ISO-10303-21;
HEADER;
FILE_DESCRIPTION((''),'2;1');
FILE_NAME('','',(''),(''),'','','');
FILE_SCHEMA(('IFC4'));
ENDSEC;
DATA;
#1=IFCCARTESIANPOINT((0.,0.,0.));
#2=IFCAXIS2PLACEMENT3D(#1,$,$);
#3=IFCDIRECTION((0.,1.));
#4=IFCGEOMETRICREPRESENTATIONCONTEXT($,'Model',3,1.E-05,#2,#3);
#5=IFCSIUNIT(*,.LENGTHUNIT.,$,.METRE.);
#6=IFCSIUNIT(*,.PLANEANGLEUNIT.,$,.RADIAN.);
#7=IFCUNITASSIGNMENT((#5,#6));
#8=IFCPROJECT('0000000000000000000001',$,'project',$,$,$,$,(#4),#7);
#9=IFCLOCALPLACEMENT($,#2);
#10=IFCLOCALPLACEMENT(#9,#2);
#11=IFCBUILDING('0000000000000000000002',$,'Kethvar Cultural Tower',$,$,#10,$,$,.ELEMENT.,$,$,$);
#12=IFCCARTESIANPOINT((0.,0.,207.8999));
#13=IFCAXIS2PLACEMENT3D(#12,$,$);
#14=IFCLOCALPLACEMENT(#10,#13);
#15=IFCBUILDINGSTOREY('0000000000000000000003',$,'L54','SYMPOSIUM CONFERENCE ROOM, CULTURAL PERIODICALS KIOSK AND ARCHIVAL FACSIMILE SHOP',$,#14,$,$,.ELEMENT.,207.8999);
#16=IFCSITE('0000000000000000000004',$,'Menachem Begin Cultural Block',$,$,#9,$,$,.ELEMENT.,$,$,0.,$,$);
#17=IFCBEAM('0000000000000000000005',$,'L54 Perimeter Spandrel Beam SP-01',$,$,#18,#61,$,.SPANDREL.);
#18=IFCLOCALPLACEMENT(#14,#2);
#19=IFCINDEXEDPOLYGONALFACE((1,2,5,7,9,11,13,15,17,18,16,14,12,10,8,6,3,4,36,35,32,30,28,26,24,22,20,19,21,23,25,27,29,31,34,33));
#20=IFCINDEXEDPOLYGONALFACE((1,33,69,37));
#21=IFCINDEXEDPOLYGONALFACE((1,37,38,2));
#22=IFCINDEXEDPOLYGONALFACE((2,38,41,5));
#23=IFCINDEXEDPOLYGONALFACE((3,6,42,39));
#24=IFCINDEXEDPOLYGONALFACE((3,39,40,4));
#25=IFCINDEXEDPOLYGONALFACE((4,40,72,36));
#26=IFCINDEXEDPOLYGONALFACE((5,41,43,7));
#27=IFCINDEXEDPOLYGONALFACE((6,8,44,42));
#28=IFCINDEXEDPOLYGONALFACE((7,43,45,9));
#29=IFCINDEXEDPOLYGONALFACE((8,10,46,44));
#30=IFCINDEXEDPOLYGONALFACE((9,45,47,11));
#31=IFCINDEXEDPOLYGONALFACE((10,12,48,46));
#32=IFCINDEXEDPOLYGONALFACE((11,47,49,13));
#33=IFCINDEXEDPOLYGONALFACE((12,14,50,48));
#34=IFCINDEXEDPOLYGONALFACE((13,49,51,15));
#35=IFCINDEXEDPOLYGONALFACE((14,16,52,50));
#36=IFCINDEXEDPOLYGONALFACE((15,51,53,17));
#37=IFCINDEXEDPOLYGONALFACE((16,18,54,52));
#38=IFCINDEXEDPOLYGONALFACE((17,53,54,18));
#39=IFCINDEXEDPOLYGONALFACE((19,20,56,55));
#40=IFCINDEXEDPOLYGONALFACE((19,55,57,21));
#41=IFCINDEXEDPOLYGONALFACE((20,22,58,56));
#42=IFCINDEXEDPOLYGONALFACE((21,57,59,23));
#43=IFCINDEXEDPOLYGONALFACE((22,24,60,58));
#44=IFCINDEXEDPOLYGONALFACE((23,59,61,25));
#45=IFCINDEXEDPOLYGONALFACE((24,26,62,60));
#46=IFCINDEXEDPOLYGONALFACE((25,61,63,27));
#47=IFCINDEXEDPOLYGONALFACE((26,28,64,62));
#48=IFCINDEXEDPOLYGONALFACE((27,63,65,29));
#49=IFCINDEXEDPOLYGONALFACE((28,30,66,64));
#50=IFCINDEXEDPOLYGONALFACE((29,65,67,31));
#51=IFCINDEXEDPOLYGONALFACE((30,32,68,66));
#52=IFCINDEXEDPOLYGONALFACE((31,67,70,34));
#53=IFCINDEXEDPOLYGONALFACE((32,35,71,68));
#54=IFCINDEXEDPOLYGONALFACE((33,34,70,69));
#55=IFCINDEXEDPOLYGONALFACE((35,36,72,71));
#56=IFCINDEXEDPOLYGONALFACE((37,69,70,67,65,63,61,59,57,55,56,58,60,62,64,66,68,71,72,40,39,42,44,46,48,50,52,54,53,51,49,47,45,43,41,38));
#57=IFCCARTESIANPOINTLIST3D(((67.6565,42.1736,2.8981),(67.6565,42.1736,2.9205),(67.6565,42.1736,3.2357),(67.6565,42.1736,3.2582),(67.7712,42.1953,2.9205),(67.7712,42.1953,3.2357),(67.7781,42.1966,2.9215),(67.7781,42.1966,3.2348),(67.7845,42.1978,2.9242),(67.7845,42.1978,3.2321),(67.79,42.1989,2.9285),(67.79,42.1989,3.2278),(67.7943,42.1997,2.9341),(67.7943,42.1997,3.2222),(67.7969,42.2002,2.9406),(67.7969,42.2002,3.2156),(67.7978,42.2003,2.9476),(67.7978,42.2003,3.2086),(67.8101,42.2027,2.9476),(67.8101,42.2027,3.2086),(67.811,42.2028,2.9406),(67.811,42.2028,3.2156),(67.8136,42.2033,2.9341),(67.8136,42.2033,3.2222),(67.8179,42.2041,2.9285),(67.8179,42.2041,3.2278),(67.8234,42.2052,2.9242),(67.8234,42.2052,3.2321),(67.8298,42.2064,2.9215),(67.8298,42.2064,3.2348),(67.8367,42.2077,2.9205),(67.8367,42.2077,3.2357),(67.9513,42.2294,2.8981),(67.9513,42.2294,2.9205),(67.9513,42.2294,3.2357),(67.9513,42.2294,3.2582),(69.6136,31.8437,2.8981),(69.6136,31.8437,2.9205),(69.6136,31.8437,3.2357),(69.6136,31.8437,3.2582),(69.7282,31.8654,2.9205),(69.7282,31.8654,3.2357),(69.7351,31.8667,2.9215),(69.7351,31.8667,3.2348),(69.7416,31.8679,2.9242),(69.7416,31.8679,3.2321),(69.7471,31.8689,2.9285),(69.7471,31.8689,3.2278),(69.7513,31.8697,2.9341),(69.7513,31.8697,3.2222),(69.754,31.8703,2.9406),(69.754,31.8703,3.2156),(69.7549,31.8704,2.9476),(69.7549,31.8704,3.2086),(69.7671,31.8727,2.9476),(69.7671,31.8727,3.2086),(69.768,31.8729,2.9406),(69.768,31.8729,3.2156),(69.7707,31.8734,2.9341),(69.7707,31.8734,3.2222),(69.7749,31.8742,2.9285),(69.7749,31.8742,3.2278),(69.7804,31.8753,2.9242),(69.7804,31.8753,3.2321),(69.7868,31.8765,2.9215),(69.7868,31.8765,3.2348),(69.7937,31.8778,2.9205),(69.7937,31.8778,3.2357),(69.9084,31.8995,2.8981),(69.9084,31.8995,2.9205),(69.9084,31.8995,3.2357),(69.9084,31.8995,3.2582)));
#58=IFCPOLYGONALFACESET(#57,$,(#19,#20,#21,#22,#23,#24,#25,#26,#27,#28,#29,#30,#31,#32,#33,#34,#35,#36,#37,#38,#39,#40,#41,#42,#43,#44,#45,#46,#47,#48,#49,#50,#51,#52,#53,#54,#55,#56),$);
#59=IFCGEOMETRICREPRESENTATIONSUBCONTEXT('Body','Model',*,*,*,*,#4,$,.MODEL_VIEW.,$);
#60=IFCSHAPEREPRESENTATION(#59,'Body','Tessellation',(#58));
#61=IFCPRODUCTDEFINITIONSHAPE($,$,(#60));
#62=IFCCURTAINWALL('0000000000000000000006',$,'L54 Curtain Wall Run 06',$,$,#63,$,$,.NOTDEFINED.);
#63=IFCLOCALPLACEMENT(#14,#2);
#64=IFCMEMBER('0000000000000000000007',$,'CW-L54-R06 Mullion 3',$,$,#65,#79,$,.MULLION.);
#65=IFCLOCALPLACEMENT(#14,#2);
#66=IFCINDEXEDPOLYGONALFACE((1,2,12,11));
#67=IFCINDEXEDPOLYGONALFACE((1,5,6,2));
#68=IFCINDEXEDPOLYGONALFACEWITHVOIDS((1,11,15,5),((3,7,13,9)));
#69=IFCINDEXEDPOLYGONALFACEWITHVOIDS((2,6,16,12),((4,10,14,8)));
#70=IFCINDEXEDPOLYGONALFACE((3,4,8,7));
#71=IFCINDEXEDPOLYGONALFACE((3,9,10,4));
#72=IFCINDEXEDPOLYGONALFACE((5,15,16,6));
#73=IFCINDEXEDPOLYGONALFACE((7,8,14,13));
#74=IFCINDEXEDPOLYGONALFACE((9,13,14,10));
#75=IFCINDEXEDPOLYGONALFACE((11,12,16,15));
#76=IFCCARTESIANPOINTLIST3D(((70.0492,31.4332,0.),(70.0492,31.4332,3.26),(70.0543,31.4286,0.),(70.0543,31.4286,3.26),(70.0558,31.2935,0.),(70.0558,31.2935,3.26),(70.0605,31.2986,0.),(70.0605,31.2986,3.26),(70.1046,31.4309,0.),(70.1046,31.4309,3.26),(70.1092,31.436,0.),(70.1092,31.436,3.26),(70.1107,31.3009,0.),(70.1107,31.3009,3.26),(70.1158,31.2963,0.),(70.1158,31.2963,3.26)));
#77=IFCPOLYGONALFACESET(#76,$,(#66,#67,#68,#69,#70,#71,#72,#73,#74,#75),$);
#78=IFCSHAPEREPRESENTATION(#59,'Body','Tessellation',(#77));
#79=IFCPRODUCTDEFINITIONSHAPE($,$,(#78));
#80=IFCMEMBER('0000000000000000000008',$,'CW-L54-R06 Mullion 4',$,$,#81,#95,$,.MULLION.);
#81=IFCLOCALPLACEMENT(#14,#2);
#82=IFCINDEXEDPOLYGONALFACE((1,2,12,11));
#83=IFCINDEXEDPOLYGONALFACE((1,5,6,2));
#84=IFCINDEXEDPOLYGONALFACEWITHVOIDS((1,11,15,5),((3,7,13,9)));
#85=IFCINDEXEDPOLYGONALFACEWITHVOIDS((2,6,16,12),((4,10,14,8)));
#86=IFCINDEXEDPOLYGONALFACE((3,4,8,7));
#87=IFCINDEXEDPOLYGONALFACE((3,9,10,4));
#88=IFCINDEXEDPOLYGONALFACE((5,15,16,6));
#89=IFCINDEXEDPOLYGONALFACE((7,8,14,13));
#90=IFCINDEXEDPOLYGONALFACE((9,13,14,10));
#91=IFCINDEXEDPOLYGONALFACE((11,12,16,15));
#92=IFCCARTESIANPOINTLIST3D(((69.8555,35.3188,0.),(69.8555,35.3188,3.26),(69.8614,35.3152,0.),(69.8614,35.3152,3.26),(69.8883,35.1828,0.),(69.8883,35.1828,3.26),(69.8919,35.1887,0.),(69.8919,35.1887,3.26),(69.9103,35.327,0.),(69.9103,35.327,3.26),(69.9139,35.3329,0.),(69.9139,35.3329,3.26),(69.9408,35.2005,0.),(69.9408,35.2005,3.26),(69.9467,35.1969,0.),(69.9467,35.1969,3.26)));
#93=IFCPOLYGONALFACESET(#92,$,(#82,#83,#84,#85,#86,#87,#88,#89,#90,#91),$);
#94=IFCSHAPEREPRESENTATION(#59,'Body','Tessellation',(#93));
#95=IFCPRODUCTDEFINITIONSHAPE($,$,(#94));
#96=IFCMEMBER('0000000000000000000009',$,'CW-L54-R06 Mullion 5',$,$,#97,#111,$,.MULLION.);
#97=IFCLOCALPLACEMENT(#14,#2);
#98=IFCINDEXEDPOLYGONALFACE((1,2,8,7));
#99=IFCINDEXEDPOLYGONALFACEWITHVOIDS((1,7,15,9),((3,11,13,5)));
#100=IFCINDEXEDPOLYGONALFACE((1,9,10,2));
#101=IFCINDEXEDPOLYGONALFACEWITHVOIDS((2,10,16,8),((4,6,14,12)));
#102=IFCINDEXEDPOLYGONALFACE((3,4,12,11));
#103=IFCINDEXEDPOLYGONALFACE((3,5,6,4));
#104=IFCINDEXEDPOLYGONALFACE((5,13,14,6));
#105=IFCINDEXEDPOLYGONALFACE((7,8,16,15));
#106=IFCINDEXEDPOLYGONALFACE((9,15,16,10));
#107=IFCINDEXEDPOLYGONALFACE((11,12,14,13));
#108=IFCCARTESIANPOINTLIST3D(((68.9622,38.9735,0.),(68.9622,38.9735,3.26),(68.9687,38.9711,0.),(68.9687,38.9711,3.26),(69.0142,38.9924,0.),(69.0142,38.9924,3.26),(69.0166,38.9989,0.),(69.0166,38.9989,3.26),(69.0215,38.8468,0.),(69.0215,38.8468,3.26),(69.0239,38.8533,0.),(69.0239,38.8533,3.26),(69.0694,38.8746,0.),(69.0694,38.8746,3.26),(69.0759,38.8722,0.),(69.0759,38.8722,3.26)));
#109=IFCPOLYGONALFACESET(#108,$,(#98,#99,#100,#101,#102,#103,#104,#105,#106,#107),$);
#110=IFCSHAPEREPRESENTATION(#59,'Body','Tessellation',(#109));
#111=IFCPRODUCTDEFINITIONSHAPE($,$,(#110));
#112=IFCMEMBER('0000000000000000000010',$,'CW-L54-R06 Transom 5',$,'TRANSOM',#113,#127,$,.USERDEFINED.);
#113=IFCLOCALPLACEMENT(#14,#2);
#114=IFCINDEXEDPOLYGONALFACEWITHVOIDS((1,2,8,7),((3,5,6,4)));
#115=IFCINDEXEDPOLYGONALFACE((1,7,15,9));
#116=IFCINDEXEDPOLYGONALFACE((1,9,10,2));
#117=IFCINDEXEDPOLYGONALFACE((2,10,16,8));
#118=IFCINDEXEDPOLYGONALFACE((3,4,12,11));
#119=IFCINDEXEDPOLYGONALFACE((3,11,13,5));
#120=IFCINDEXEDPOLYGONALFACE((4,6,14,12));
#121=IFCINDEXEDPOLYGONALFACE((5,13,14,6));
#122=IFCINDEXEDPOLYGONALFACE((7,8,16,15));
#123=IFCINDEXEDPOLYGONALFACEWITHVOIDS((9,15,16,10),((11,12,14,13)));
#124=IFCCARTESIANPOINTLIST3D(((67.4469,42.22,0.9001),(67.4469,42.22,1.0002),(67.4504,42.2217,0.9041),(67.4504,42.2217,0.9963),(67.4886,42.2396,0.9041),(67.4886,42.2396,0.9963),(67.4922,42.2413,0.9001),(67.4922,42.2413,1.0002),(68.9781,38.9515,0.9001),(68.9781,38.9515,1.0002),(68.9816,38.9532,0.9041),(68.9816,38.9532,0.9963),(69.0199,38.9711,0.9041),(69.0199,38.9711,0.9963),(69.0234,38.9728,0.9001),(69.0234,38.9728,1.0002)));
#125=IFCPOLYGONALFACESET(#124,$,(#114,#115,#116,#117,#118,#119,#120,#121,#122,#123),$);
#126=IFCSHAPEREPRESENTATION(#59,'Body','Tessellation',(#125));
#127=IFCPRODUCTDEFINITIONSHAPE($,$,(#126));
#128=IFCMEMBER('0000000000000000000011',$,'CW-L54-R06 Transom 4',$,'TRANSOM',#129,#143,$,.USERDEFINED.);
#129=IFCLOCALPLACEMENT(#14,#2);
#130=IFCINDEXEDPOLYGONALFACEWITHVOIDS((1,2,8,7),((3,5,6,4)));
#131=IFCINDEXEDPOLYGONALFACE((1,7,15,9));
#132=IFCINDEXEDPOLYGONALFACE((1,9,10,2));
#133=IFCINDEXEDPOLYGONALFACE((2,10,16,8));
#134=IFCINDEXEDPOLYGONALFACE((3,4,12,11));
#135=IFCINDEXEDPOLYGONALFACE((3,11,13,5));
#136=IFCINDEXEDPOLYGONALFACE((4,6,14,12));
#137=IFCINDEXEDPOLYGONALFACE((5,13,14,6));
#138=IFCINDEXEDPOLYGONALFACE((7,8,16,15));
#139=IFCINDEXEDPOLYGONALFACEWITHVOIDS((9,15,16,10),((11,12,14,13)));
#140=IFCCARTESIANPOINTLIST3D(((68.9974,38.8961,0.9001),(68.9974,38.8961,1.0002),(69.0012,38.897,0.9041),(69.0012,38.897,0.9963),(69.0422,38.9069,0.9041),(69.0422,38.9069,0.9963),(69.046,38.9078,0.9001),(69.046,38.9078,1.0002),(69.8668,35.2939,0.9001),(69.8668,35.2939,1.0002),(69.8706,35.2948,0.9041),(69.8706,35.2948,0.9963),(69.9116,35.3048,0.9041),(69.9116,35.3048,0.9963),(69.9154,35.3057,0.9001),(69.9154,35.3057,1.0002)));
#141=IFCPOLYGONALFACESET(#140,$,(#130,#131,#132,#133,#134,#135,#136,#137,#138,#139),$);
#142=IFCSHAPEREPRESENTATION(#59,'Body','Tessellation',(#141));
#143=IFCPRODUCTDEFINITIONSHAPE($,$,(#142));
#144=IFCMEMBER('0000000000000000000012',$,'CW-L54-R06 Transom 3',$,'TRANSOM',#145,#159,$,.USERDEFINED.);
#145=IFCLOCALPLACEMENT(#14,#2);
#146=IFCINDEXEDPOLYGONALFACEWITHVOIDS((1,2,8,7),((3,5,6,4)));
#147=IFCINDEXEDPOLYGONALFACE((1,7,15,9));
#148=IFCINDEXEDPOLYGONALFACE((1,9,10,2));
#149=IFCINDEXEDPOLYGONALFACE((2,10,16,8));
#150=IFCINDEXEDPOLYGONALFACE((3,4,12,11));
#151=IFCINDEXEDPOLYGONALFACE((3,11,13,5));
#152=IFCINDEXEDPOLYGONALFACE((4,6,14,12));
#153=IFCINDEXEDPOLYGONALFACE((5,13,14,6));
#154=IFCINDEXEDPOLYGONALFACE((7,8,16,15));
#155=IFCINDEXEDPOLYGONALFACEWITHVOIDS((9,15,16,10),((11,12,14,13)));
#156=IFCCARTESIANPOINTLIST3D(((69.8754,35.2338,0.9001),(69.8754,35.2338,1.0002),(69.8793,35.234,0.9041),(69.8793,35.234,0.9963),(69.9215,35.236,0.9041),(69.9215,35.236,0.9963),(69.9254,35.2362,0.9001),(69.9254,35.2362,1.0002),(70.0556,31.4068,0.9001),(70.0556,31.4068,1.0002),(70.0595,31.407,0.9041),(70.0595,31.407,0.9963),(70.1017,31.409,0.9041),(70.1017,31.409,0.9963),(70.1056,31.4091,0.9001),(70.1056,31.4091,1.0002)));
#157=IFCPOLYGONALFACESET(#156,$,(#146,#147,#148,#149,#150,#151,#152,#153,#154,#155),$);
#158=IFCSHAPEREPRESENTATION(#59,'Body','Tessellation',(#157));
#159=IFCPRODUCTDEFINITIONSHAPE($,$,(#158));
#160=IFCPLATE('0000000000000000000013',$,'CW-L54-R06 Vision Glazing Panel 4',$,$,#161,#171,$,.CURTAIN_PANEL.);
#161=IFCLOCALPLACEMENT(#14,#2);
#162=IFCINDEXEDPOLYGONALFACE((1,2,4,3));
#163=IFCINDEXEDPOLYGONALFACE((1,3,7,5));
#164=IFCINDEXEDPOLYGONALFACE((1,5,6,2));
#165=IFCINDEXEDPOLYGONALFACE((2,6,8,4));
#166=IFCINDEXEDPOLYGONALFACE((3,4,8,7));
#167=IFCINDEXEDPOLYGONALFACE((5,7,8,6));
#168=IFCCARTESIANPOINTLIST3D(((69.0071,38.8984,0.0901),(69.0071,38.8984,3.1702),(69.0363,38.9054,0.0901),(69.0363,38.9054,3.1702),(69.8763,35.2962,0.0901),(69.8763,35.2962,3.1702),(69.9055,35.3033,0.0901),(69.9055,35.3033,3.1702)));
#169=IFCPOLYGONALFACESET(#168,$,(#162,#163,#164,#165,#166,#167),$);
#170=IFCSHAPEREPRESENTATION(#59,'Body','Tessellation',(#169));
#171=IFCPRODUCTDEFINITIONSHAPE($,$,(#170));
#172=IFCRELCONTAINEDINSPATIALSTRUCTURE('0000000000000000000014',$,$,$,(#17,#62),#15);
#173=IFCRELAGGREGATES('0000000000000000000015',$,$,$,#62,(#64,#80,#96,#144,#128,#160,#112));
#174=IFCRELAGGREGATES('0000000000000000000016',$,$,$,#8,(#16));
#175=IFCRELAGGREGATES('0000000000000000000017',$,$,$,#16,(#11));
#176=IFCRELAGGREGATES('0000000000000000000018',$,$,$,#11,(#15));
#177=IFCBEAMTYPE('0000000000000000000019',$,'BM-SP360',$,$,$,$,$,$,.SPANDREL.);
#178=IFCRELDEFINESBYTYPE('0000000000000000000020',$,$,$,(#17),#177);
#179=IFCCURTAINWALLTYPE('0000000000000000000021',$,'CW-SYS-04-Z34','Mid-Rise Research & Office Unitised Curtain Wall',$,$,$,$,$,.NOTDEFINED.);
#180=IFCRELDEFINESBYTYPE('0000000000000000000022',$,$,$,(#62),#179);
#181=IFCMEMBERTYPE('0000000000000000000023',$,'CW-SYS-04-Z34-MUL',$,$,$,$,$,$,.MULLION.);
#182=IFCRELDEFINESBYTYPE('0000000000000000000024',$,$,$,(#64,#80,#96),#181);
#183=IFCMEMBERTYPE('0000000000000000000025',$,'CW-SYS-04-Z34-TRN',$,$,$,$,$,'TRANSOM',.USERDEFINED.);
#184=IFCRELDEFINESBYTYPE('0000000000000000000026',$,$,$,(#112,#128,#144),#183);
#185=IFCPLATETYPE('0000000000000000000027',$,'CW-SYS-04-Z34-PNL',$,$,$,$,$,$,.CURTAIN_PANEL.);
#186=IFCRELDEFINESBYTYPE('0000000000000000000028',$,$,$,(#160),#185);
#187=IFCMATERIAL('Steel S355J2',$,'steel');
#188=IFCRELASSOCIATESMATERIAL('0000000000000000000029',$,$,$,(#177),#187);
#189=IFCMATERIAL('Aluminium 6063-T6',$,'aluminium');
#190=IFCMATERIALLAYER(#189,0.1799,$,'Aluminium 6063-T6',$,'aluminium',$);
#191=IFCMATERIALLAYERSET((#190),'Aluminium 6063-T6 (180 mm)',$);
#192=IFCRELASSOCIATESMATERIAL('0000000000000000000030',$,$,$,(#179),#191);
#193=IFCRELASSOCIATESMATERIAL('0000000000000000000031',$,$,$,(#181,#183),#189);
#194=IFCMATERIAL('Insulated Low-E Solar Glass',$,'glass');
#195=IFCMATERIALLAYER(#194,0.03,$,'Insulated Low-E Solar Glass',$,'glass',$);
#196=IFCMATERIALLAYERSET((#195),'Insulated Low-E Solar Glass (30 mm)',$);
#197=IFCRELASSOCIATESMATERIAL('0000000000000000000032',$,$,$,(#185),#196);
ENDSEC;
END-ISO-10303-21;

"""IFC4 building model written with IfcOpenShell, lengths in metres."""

from ifc_helpers import new_model, si_unit, direction, frame, origin, origin_2d, place, context, subcontext, project, spatial, rectangle, hollow_rectangle, i_section, extrude, source, transform, mapped, material, layer, layer_set, material_profile, profile_set, type_object, element, aggregate, save


model = new_model("IFC4")

# Units and contexts
model_context = context("Model", 3, precision=1e-05, world=origin(), true_north=direction((0.0, 1.0)))
body_context = subcontext(model_context, "Body", "Model", "MODEL_VIEW")
ifc_project = project(units=[si_unit("LENGTHUNIT", "METRE"), si_unit("PLANEANGLEUNIT", "RADIAN")], contexts=[model_context])

# Site, building, storey
site_placement = place(None, origin())
site = spatial("IfcSite", under=ifc_project, at=site_placement, Name="Menachem Begin Cultural Block", CompositionType="ELEMENT", RefElevation=0.0)
building_placement = place(site_placement, origin())
building = spatial("IfcBuilding", under=site, at=building_placement, Name="Kethvar Cultural Tower", CompositionType="ELEMENT")
storey_placement = place(building_placement, frame((0.0, 0.0, 207.8999)))
storey = spatial("IfcBuildingStorey", under=building, at=storey_placement, Name="L54", Description="SYMPOSIUM CONFERENCE ROOM, CULTURAL PERIODICALS KIOSK AND ARCHIVAL FACSIMILE SHOP", CompositionType="ELEMENT", Elevation=207.8999)

# Beam
ifc_material_1 = material(Name="Steel S355J2", Category="steel")
ifc_material_profile_1 = material_profile(ifc_material_1, i_section(OverallWidth=0.3, OverallDepth=0.3601, WebThickness=0.0125, FlangeThickness=0.0225, FilletRadius=0.0271, at=origin_2d()), Name="Steel S355J2 — HEB360")
ifc_profile_set_1 = profile_set([ifc_material_profile_1], Name="Steel S355J2 — HEB360")
beam_type_1 = type_object("IfcBeamType", Name="BM-SP360", PredefinedType="SPANDREL", material=ifc_profile_set_1)
shared_shape_1 = source(origin(), body_context, "Body", "SweptSolid", [
    extrude(i_section(OverallWidth=0.3, OverallDepth=0.3601, WebThickness=0.0125, FlangeThickness=0.0225, FilletRadius=0.0271, at=origin_2d()), origin(), (0.0, 0.0, 1.0), 10.5137),
])
beam_1_placement = place(storey_placement, frame((69.761, 31.8716, 3.0781), z_axis=(-0.186143, 0.982523, 0.0), x_axis=(-0.982523, -0.186143, 0.0)))
element("IfcBeam", 1, at=beam_1_placement, inside=storey, type_object=beam_type_1, Name="L54 Perimeter Spandrel Beam SP-01", PredefinedType="SPANDREL", context=body_context, shape_type="MappedRepresentation", body=[
    mapped(shared_shape_1, transform((0.0, 0.0, 0.0), scale=1.0)),
])

# Curtain wall, members, plate
ifc_material_2 = material(Name="Aluminium 6063-T6", Category="aluminium")
ifc_layer_1 = layer(ifc_material_2, 0.1799, Name="Aluminium 6063-T6", Category="aluminium")
ifc_layer_set_1 = layer_set([ifc_layer_1], Name="Aluminium 6063-T6 (180 mm)")
curtain_wall_type = type_object("IfcCurtainWallType", Name="CW-SYS-04-Z34", Description="Mid-Rise Research & Office Unitised Curtain Wall", PredefinedType="NOTDEFINED", material=ifc_layer_set_1)
curtain_wall_placement = place(storey_placement, origin())
curtain_wall = element("IfcCurtainWall", 2, at=curtain_wall_placement, inside=storey, type_object=curtain_wall_type, Name="L54 Curtain Wall Run 06", PredefinedType="NOTDEFINED")
ifc_material_profile_2 = material_profile(ifc_material_2, hollow_rectangle(XDim=0.0601, YDim=0.1399, WallThickness=0.0049, at=origin_2d()), Name="Aluminium 6063-T6 — RHS140x60x5")
ifc_profile_set_2 = profile_set([ifc_material_profile_2], Name="Aluminium 6063-T6 — RHS140x60x5")
member_type_1 = type_object("IfcMemberType", Name="CW-SYS-04-Z34-MUL", PredefinedType="MULLION", material=ifc_profile_set_2)
shared_shape_2 = source(origin(), body_context, "Body", "SweptSolid", [
    extrude(hollow_rectangle(XDim=0.0601, YDim=0.1399, WallThickness=0.0049, at=origin_2d()), origin(), (0.0, 0.0, 1.0), 3.26),
])
member_1_placement = place(storey_placement, frame((70.0825, 31.3647, 0.0), z_axis=(0.0, 0.0, 1.0), x_axis=(-0.998892, -0.047072, 0.0)))
member_1 = element("IfcMember", 3, at=member_1_placement, type_object=member_type_1, Name="CW-L54-R06 Mullion 3", PredefinedType="MULLION", context=body_context, shape_type="MappedRepresentation", body=[
    mapped(shared_shape_2, transform((0.0, 0.0, 0.0), scale=1.0)),
])
member_2_placement = place(storey_placement, frame((69.9011, 35.2578, 0.0), z_axis=(0.0, 0.0, 1.0), x_axis=(-0.972096, -0.234582, 0.0)))
member_2 = element("IfcMember", 4, at=member_2_placement, type_object=member_type_1, Name="CW-L54-R06 Mullion 4", PredefinedType="MULLION", context=body_context, shape_type="MappedRepresentation", body=[
    mapped(shared_shape_2, transform((0.0, 0.0, 0.0), scale=1.0)),
])
member_3_placement = place(storey_placement, frame((69.019, 38.9229, 0.0), z_axis=(0.0, 0.0, 1.0), x_axis=(-0.905561, -0.424215, 0.0)))
member_3 = element("IfcMember", 5, at=member_3_placement, type_object=member_type_1, Name="CW-L54-R06 Mullion 5", PredefinedType="MULLION", context=body_context, shape_type="MappedRepresentation", body=[
    mapped(shared_shape_2, transform((0.0, 0.0, 0.0), scale=1.0)),
])
ifc_material_profile_3 = material_profile(ifc_material_2, hollow_rectangle(XDim=0.05, YDim=0.1001, WallThickness=0.0039, at=origin_2d()), Name="Aluminium 6063-T6 — RHS100x50x4")
ifc_profile_set_3 = profile_set([ifc_material_profile_3], Name="Aluminium 6063-T6 — RHS100x50x4")
member_type_2 = type_object("IfcMemberType", Name="CW-SYS-04-Z34-TRN", ElementType="TRANSOM", PredefinedType="USERDEFINED", material=ifc_profile_set_3)
shared_shape_3 = source(origin(), body_context, "Body", "SweptSolid", [
    extrude(hollow_rectangle(XDim=0.05, YDim=0.1001, WallThickness=0.0039, at=origin_2d()), origin(), (0.0, 0.0, 1.0), 3.6094),
])
member_4_placement = place(storey_placement, frame((69.0007, 38.9622, 0.9502), z_axis=(-0.424233, 0.905553, 0.0), x_axis=(-0.905553, -0.424233, 0.0)))
member_4 = element("IfcMember", 6, at=member_4_placement, type_object=member_type_2, Name="CW-L54-R06 Transom 5", ObjectType="TRANSOM", PredefinedType="USERDEFINED", context=body_context, shape_type="MappedRepresentation", body=[
    mapped(shared_shape_3, transform((0.0, 0.0, 0.0), scale=1.0)),
])
shared_shape_4 = source(origin(), body_context, "Body", "SweptSolid", [
    extrude(hollow_rectangle(XDim=0.05, YDim=0.1001, WallThickness=0.0039, at=origin_2d()), origin(), (0.0, 0.0, 1.0), 3.7056),
])
member_5_placement = place(storey_placement, frame((69.8911, 35.2998, 0.9502), z_axis=(-0.234621, 0.972087, 0.0), x_axis=(-0.972087, -0.234621, 0.0)))
member_5 = element("IfcMember", 7, at=member_5_placement, type_object=member_type_2, Name="CW-L54-R06 Transom 4", ObjectType="TRANSOM", PredefinedType="USERDEFINED", context=body_context, shape_type="MappedRepresentation", body=[
    mapped(shared_shape_4, transform((0.0, 0.0, 0.0), scale=1.0)),
])
shared_shape_5 = source(origin(), body_context, "Body", "SweptSolid", [
    extrude(hollow_rectangle(XDim=0.05, YDim=0.1001, WallThickness=0.0039, at=origin_2d()), origin(), (0.0, 0.0, 1.0), 3.8313),
])
member_6_placement = place(storey_placement, frame((70.0806, 31.408, 0.9502), z_axis=(-0.047026, 0.998894, 0.0), x_axis=(-0.998894, -0.047026, 0.0)))
member_6 = element("IfcMember", 8, at=member_6_placement, type_object=member_type_2, Name="CW-L54-R06 Transom 3", ObjectType="TRANSOM", PredefinedType="USERDEFINED", context=body_context, shape_type="MappedRepresentation", body=[
    mapped(shared_shape_5, transform((0.0, 0.0, 0.0), scale=1.0)),
])
ifc_material_3 = material(Name="Insulated Low-E Solar Glass", Category="glass")
ifc_layer_2 = layer(ifc_material_3, 0.03, Name="Insulated Low-E Solar Glass", Category="glass")
ifc_layer_set_2 = layer_set([ifc_layer_2], Name="Insulated Low-E Solar Glass (30 mm)")
plate_type = type_object("IfcPlateType", Name="CW-SYS-04-Z34-PNL", PredefinedType="CURTAIN_PANEL", material=ifc_layer_set_2)
shared_shape_6 = source(origin(), body_context, "Body", "SweptSolid", [
    extrude(rectangle(XDim=3.7056, YDim=0.03, at=origin_2d()), origin(), (0.0, 0.0, 1.0), 3.0801),
])
plate_1_placement = place(storey_placement, frame((69.4563, 37.1008, 0.0901), z_axis=(0.0, 0.0, 1.0), x_axis=(-0.234582, 0.972096, 0.0)))
plate_1 = element("IfcPlate", 9, at=plate_1_placement, type_object=plate_type, Name="CW-L54-R06 Vision Glazing Panel 4", PredefinedType="CURTAIN_PANEL", context=body_context, shape_type="MappedRepresentation", body=[
    mapped(shared_shape_6, transform((0.0, 0.0, 0.0), scale=1.0)),
])
aggregate(curtain_wall, [member_1, member_2, member_3, member_6, member_5, plate_1, member_4])

save(model, "model.ifc")
